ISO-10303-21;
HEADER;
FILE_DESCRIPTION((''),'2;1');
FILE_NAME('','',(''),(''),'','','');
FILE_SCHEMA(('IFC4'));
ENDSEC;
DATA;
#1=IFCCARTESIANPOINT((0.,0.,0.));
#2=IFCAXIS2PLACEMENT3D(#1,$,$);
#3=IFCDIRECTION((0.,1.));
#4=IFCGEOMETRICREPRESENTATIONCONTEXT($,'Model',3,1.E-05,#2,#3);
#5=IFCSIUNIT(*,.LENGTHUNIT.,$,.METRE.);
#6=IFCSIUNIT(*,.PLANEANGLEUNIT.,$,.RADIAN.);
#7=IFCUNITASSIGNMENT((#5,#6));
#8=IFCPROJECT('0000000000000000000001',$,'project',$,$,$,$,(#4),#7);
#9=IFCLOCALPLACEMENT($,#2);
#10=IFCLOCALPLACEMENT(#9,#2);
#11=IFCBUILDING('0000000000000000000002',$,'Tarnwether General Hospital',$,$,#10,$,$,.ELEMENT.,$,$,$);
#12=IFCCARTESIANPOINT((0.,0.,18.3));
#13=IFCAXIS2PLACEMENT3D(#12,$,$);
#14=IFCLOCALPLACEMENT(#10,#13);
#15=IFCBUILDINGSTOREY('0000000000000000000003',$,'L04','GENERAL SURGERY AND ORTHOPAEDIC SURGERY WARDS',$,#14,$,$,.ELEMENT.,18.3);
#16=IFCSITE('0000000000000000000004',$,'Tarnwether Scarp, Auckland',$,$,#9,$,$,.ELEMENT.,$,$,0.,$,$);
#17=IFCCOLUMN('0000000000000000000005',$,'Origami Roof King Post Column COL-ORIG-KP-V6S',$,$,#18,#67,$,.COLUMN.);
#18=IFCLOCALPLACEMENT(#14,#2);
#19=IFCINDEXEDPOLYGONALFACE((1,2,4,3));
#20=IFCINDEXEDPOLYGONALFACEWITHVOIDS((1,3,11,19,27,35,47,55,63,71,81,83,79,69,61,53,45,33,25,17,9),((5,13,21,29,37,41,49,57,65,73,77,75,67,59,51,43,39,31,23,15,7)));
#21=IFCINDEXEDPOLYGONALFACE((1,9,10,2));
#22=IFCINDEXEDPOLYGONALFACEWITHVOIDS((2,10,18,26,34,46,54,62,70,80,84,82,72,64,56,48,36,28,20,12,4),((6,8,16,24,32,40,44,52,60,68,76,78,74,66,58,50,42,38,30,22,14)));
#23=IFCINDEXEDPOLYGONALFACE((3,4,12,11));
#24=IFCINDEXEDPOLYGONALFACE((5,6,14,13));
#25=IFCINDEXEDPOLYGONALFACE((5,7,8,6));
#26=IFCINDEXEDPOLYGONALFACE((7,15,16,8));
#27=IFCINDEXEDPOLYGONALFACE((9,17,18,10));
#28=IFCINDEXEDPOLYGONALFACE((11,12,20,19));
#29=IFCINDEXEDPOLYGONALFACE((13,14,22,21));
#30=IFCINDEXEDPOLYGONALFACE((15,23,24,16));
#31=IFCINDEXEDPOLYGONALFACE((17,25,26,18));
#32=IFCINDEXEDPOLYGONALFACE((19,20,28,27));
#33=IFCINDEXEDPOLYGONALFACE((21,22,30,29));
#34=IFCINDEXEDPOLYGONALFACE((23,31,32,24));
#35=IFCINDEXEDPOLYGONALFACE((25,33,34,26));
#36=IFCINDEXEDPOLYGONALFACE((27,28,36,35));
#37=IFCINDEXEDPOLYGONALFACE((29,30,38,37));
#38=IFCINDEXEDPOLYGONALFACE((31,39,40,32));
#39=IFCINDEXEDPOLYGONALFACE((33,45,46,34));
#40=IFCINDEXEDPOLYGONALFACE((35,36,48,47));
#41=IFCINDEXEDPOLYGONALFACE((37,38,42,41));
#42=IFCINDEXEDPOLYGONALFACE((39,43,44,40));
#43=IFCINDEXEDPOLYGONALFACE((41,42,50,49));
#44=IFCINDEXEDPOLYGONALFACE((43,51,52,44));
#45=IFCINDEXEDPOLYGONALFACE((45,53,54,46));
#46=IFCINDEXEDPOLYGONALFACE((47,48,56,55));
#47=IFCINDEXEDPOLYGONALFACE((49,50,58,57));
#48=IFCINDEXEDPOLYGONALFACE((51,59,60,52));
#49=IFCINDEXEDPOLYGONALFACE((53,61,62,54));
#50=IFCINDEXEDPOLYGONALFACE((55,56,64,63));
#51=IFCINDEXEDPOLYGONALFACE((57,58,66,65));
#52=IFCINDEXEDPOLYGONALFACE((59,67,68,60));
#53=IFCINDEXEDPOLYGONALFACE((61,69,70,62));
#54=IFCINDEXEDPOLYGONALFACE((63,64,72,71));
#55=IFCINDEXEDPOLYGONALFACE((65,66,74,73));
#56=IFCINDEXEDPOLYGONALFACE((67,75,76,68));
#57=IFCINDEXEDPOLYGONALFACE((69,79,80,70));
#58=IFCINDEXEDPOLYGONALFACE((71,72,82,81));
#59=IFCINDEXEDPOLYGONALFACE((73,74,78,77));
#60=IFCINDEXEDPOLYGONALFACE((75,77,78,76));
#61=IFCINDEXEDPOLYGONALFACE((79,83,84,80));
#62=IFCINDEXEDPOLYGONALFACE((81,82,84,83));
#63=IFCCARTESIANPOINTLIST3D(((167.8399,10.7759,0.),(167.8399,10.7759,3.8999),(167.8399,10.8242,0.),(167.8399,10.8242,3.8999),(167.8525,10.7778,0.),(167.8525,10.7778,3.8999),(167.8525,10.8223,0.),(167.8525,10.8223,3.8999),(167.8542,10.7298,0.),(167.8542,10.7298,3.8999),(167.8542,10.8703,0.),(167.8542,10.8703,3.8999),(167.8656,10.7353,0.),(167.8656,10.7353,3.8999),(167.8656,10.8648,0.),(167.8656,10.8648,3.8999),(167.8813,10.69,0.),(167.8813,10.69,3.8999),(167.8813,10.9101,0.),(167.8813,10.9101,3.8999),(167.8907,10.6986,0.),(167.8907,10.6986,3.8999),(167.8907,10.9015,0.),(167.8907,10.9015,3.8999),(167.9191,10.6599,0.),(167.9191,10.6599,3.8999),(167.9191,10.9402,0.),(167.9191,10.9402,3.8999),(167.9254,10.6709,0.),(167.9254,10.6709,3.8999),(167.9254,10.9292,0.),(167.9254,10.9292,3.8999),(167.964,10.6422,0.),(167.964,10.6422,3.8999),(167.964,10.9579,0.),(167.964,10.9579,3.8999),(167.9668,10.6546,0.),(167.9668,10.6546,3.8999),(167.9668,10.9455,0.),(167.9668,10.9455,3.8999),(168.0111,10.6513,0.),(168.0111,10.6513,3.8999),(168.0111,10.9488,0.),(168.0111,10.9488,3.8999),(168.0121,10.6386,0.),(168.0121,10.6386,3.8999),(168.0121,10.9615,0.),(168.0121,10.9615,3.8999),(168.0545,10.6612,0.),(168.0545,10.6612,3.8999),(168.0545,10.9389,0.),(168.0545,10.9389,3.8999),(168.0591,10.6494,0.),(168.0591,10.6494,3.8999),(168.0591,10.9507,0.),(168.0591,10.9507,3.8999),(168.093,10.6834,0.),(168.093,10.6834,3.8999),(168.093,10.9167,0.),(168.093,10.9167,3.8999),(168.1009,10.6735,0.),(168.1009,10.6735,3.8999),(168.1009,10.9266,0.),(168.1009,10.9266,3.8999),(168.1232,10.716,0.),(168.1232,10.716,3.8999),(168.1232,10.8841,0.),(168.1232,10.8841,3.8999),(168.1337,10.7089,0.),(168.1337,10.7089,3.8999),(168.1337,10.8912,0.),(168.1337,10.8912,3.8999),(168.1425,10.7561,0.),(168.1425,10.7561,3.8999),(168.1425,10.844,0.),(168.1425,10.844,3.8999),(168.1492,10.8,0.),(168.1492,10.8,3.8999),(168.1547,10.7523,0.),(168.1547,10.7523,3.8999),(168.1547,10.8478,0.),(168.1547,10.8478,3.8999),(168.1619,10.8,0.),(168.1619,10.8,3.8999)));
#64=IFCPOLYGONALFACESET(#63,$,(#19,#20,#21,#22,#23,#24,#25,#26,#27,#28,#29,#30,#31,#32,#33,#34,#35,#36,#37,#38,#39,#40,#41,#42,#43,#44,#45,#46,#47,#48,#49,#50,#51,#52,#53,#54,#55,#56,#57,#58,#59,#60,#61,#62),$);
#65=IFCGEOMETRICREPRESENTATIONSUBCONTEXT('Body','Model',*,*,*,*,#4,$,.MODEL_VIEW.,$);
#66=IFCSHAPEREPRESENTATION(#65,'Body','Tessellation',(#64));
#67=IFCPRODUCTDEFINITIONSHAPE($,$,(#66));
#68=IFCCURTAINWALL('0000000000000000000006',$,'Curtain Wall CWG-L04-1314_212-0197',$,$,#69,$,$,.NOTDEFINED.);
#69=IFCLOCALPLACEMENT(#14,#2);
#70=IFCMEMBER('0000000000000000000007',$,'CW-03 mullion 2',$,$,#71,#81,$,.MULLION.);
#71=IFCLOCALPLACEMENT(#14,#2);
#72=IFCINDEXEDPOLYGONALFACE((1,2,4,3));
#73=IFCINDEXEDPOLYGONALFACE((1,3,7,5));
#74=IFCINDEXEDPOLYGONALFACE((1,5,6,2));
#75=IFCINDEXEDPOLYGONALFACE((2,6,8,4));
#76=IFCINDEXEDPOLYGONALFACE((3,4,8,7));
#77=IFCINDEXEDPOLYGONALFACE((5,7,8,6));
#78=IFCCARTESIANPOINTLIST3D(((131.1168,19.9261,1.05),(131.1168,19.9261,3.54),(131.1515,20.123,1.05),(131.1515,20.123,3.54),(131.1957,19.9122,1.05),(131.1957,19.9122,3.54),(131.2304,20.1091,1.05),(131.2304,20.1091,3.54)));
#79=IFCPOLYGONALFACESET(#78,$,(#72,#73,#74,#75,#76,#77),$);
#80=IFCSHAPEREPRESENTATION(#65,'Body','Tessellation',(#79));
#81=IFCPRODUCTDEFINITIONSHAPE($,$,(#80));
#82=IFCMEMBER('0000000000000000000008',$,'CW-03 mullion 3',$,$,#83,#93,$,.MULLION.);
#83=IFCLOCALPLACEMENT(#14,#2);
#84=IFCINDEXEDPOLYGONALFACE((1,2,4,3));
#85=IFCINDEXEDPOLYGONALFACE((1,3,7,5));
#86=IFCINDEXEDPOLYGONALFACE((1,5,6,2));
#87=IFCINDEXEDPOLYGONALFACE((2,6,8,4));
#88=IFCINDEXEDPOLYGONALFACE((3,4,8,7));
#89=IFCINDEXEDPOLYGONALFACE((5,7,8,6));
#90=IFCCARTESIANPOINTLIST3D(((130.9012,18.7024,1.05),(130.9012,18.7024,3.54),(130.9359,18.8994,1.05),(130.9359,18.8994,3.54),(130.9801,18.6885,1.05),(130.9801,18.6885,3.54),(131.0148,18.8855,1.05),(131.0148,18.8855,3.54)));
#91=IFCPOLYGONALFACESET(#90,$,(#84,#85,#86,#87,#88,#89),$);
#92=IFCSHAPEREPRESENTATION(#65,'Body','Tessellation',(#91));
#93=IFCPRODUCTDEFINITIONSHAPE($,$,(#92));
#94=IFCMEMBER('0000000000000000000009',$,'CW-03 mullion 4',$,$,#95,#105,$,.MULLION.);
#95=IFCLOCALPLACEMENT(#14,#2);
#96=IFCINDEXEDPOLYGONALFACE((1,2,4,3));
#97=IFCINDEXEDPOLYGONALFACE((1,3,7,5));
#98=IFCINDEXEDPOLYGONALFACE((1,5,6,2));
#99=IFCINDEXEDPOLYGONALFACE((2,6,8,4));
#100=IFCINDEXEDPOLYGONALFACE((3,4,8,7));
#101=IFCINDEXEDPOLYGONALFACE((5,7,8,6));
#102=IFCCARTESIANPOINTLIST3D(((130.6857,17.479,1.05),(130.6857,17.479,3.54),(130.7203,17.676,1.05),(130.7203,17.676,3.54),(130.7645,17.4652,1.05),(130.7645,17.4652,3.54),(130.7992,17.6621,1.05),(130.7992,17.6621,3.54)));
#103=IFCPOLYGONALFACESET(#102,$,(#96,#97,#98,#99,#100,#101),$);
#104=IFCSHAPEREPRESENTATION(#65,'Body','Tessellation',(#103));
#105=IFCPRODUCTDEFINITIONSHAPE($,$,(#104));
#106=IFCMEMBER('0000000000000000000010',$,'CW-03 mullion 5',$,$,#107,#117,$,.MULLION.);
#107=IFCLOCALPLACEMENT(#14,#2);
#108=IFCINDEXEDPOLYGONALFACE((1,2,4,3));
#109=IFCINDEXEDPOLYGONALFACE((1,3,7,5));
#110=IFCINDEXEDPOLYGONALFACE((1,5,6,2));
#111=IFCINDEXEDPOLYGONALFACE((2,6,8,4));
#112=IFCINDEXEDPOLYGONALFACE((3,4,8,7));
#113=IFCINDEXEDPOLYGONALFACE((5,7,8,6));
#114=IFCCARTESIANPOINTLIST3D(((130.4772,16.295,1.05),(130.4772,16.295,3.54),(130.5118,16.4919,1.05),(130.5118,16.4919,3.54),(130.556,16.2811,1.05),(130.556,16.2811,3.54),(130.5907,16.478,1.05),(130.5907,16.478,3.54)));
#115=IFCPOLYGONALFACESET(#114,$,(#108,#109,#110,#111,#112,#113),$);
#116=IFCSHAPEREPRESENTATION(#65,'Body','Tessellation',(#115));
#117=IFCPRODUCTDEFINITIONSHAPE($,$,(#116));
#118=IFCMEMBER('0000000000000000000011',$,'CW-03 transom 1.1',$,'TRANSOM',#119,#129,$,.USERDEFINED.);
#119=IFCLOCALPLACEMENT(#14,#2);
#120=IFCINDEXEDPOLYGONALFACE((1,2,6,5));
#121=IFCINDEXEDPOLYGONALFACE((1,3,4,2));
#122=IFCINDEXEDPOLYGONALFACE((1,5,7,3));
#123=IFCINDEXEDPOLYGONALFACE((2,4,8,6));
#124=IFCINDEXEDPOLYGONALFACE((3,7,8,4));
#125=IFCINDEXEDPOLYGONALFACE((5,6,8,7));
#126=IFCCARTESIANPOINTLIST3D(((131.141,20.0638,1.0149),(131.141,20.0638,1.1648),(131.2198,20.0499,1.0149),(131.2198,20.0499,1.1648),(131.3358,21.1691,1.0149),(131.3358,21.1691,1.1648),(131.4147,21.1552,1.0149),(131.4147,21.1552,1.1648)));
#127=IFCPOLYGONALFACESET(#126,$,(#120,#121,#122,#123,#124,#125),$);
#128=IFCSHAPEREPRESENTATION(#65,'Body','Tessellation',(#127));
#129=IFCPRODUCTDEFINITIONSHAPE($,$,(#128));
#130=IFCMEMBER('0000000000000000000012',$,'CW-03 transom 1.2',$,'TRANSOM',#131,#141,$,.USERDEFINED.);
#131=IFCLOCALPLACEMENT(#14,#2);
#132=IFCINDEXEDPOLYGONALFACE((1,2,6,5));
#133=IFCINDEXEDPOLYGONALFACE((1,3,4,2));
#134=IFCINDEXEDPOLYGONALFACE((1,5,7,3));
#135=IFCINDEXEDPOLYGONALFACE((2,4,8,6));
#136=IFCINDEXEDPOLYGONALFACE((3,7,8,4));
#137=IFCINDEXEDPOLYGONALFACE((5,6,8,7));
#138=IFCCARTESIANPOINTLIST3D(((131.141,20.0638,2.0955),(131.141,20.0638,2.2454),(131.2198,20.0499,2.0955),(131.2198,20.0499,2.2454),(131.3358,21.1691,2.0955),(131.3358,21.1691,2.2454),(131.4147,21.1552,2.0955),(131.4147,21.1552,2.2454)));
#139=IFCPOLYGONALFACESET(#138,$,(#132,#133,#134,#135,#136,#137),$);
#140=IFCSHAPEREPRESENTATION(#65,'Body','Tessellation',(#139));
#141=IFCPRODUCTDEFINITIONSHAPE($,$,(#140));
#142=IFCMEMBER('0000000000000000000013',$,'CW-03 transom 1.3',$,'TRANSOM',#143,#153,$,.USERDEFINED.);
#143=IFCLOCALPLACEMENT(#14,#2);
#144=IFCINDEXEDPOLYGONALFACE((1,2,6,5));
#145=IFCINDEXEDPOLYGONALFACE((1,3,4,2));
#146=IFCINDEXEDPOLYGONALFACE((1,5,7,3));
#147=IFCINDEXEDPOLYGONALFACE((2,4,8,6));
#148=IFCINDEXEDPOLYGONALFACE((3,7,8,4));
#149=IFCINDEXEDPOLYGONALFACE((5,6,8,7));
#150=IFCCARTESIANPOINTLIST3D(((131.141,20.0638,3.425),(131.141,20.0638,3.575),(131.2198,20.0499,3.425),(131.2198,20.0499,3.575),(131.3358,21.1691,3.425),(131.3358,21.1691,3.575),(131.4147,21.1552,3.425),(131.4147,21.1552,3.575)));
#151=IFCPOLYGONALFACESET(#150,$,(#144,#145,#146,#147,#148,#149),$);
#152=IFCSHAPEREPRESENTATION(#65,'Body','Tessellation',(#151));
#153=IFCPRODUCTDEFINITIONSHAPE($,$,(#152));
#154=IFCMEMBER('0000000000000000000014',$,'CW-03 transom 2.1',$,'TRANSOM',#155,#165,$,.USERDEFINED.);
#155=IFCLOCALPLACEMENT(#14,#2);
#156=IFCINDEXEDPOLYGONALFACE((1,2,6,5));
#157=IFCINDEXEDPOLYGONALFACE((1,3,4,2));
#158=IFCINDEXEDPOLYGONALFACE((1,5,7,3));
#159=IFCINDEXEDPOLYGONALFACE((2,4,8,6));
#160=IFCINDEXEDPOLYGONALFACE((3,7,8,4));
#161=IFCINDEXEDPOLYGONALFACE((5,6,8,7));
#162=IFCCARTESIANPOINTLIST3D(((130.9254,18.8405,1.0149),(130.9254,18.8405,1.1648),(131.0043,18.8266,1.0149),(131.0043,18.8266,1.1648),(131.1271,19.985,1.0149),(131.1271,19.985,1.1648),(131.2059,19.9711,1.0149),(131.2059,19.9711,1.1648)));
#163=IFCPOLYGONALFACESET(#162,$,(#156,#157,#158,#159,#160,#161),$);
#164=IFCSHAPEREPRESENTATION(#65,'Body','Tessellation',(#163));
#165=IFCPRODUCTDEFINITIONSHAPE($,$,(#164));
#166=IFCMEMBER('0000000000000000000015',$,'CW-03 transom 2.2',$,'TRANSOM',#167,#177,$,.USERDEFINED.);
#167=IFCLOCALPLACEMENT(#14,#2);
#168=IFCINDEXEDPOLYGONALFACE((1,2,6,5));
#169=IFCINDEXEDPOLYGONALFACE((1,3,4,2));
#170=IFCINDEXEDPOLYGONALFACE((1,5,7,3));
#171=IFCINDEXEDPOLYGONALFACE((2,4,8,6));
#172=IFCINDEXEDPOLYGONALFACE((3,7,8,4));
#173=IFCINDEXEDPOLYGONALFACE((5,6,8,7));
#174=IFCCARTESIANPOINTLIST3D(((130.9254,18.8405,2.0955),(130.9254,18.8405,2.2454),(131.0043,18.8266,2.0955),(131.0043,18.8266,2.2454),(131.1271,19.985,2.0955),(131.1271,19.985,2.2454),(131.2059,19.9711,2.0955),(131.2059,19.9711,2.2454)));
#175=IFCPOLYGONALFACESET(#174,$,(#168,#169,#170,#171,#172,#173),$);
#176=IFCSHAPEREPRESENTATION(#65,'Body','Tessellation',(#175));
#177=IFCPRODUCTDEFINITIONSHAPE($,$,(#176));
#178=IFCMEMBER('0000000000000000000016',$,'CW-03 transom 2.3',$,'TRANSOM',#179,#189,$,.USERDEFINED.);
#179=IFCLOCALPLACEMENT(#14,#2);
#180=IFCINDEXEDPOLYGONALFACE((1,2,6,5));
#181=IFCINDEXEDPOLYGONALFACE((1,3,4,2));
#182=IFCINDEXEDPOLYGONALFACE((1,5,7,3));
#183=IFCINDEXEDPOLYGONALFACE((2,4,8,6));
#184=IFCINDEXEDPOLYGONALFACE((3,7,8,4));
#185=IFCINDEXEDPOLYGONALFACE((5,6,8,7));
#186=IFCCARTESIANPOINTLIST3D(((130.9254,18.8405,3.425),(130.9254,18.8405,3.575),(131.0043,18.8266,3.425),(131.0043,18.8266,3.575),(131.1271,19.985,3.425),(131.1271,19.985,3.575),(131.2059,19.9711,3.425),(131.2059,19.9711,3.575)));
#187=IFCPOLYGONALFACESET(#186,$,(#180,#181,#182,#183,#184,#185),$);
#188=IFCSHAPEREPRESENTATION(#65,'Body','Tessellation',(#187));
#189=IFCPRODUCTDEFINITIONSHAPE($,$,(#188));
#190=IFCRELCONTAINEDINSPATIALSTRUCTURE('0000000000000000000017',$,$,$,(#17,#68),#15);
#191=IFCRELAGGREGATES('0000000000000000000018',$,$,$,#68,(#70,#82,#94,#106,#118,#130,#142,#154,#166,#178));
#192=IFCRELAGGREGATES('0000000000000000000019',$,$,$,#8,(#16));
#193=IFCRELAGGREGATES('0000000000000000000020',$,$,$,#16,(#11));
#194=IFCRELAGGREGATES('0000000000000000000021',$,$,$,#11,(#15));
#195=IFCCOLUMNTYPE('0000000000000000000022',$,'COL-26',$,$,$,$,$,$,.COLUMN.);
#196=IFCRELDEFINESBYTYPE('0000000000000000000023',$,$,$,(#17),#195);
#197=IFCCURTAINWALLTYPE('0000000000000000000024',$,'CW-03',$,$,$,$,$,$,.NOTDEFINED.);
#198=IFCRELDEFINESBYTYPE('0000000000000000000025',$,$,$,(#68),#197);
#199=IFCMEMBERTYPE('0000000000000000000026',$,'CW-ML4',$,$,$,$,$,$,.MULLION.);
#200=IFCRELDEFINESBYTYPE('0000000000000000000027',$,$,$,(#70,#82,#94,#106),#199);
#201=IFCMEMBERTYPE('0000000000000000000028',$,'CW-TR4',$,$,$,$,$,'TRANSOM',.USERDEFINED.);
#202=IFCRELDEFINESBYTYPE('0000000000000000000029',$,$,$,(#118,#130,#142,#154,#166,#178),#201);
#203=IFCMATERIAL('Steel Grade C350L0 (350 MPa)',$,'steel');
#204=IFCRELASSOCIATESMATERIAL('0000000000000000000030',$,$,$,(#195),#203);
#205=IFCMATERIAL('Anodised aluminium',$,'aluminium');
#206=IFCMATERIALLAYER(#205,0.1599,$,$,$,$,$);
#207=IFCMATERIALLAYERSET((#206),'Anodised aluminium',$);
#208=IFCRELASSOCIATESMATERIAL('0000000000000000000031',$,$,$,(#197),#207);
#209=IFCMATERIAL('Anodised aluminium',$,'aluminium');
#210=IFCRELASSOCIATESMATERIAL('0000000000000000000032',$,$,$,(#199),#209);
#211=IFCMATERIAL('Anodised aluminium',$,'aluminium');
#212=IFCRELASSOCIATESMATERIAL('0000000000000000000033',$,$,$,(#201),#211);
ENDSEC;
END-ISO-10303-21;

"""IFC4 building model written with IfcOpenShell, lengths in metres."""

from ifc_helpers import new_model, si_unit, direction, frame, origin, origin_2d, place, context, subcontext, project, spatial, rectangle, hollow_circle, extrude, material, layer, layer_set, material_profile, profile_set, type_object, element, aggregate, save


model = new_model("IFC4")

# Units and contexts
model_context = context("Model", 3, precision=1e-05, world=origin(), true_north=direction((0.0, 1.0)))
body_context = subcontext(model_context, "Body", "Model", "MODEL_VIEW")
ifc_project = project(units=[si_unit("LENGTHUNIT", "METRE"), si_unit("PLANEANGLEUNIT", "RADIAN")], contexts=[model_context])

# Site, building, storey
site_placement = place(None, origin())
site = spatial("IfcSite", under=ifc_project, at=site_placement, Name="Tarnwether Scarp, Auckland", CompositionType="ELEMENT", RefElevation=0.0)
building_placement = place(site_placement, origin())
building = spatial("IfcBuilding", under=site, at=building_placement, Name="Tarnwether General Hospital", CompositionType="ELEMENT")
storey_placement = place(building_placement, frame((0.0, 0.0, 18.3)))
storey = spatial("IfcBuildingStorey", under=building, at=storey_placement, Name="L04", Description="GENERAL SURGERY AND ORTHOPAEDIC SURGERY WARDS", CompositionType="ELEMENT", Elevation=18.3)

# Column
ifc_material_1 = material(Name="Steel Grade C350L0 (350 MPa)", Category="steel")
ifc_material_profile_1 = material_profile(ifc_material_1, hollow_circle(Radius=0.1619, WallThickness=0.0127, at=origin_2d()), Name="CHS323.9x12.7")
ifc_profile_set_1 = profile_set([ifc_material_profile_1], Name="Steel Grade C350L0 (350 MPa)")
column_type = type_object("IfcColumnType", Name="COL-26", PredefinedType="COLUMN", material=ifc_profile_set_1)
column_placement = place(storey_placement, frame((168.0, 10.8, 0.0), z_axis=(0.0, 0.0, 1.0), x_axis=(1.0, 0.0, 0.0)))
element("IfcColumn", 1, at=column_placement, inside=storey, type_object=column_type, Name="Origami Roof King Post Column COL-ORIG-KP-V6S", PredefinedType="COLUMN", context=body_context, shape_type="SweptSolid", body=[
    extrude(hollow_circle(Radius=0.1619, WallThickness=0.0127, at=origin_2d()), origin(), (0.0, 0.0, 1.0), 3.8999),
])

# Curtain wall, members
ifc_material_2 = material(Name="Anodised aluminium", Category="aluminium")
ifc_layer_1 = layer(ifc_material_2, 0.1599)
ifc_layer_set_1 = layer_set([ifc_layer_1], Name="Anodised aluminium")
curtain_wall_type = type_object("IfcCurtainWallType", Name="CW-03", PredefinedType="NOTDEFINED", material=ifc_layer_set_1)
curtain_wall_placement = place(storey_placement, origin())
curtain_wall = element("IfcCurtainWall", 2, at=curtain_wall_placement, inside=storey, type_object=curtain_wall_type, Name="Curtain Wall CWG-L04-1314_212-0197", PredefinedType="NOTDEFINED")
ifc_material_3 = material(Name="Anodised aluminium", Category="aluminium")
ifc_material_profile_2 = material_profile(ifc_material_3, rectangle(XDim=0.0801, YDim=0.2, at=origin_2d()), Name="ALU-MUL-80x200")
ifc_profile_set_2 = profile_set([ifc_material_profile_2], Name="Anodised aluminium")
member_type_1 = type_object("IfcMemberType", Name="CW-ML4", PredefinedType="MULLION", material=ifc_profile_set_2)
member_1_placement = place(storey_placement, frame((131.1736, 20.0176, 1.05), z_axis=(0.0, 0.0, 1.0), x_axis=(0.98484, -0.173464, 0.0)))
member_1 = element("IfcMember", 3, at=member_1_placement, type_object=member_type_1, Name="CW-03 mullion 2", PredefinedType="MULLION", context=body_context, shape_type="SweptSolid", body=[
    extrude(rectangle(XDim=0.0801, YDim=0.2, at=origin_2d()), origin(), (0.0, 0.0, 1.0), 2.49),
])
member_2_placement = place(storey_placement, frame((130.958, 18.7939, 1.05), z_axis=(0.0, 0.0, 1.0), x_axis=(0.98484, -0.173464, 0.0)))
member_2 = element("IfcMember", 4, at=member_2_placement, type_object=member_type_1, Name="CW-03 mullion 3", PredefinedType="MULLION", context=body_context, shape_type="SweptSolid", body=[
    extrude(rectangle(XDim=0.0801, YDim=0.2, at=origin_2d()), origin(), (0.0, 0.0, 1.0), 2.49),
])
member_3_placement = place(storey_placement, frame((130.7424, 17.5706, 1.05), z_axis=(0.0, 0.0, 1.0), x_axis=(0.98484, -0.173464, 0.0)))
member_3 = element("IfcMember", 5, at=member_3_placement, type_object=member_type_1, Name="CW-03 mullion 4", PredefinedType="MULLION", context=body_context, shape_type="SweptSolid", body=[
    extrude(rectangle(XDim=0.0801, YDim=0.2, at=origin_2d()), origin(), (0.0, 0.0, 1.0), 2.49),
])
member_4_placement = place(storey_placement, frame((130.5339, 16.3865, 1.05), z_axis=(0.0, 0.0, 1.0), x_axis=(0.98484, -0.173464, 0.0)))
member_4 = element("IfcMember", 6, at=member_4_placement, type_object=member_type_1, Name="CW-03 mullion 5", PredefinedType="MULLION", context=body_context, shape_type="SweptSolid", body=[
    extrude(rectangle(XDim=0.0801, YDim=0.2, at=origin_2d()), origin(), (0.0, 0.0, 1.0), 2.49),
])
ifc_material_4 = material(Name="Anodised aluminium", Category="aluminium")
ifc_material_profile_3 = material_profile(ifc_material_4, rectangle(XDim=0.0801, YDim=0.1499, at=origin_2d()), Name="ALU-TRN-80x150")
ifc_profile_set_3 = profile_set([ifc_material_profile_3], Name="Anodised aluminium")
member_type_2 = type_object("IfcMemberType", Name="CW-TR4", ElementType="TRANSOM", PredefinedType="USERDEFINED", material=ifc_profile_set_3)
member_5_placement = place(storey_placement, frame((131.3752, 21.1621, 1.0898), z_axis=(-0.173599, -0.984816, 0.0), x_axis=(0.984816, -0.173599, 0.0)))
member_5 = element("IfcMember", 7, at=member_5_placement, type_object=member_type_2, Name="CW-03 transom 1.1", ObjectType="TRANSOM", PredefinedType="USERDEFINED", context=body_context, shape_type="SweptSolid", body=[
    extrude(rectangle(XDim=0.0801, YDim=0.1499, at=origin_2d()), origin(), (0.0, 0.0, 1.0), 1.1223),
])
member_6_placement = place(storey_placement, frame((131.3752, 21.1621, 2.1704), z_axis=(-0.173599, -0.984816, 0.0), x_axis=(0.984816, -0.173599, 0.0)))
member_6 = element("IfcMember", 8, at=member_6_placement, type_object=member_type_2, Name="CW-03 transom 1.2", ObjectType="TRANSOM", PredefinedType="USERDEFINED", context=body_context, shape_type="SweptSolid", body=[
    extrude(rectangle(XDim=0.0801, YDim=0.1499, at=origin_2d()), origin(), (0.0, 0.0, 1.0), 1.1223),
])
member_7_placement = place(storey_placement, frame((131.3752, 21.1621, 3.5), z_axis=(-0.173599, -0.984816, 0.0), x_axis=(0.984816, -0.173599, 0.0)))
member_7 = element("IfcMember", 9, at=member_7_placement, type_object=member_type_2, Name="CW-03 transom 1.3", ObjectType="TRANSOM", PredefinedType="USERDEFINED", context=body_context, shape_type="SweptSolid", body=[
    extrude(rectangle(XDim=0.0801, YDim=0.1499, at=origin_2d()), origin(), (0.0, 0.0, 1.0), 1.1223),
])
member_8_placement = place(storey_placement, frame((131.1665, 19.978, 1.0898), z_axis=(-0.173522, -0.98483, 0.0), x_axis=(0.98483, -0.173522, 0.0)))
member_8 = element("IfcMember", 10, at=member_8_placement, type_object=member_type_2, Name="CW-03 transom 2.1", ObjectType="TRANSOM", PredefinedType="USERDEFINED", context=body_context, shape_type="SweptSolid", body=[
    extrude(rectangle(XDim=0.0801, YDim=0.1499, at=origin_2d()), origin(), (0.0, 0.0, 1.0), 1.1621),
])
member_9_placement = place(storey_placement, frame((131.1665, 19.978, 2.1704), z_axis=(-0.173522, -0.98483, 0.0), x_axis=(0.98483, -0.173522, 0.0)))
member_9 = element("IfcMember", 11, at=member_9_placement, type_object=member_type_2, Name="CW-03 transom 2.2", ObjectType="TRANSOM", PredefinedType="USERDEFINED", context=body_context, shape_type="SweptSolid", body=[
    extrude(rectangle(XDim=0.0801, YDim=0.1499, at=origin_2d()), origin(), (0.0, 0.0, 1.0), 1.1621),
])
member_10_placement = place(storey_placement, frame((131.1665, 19.978, 3.5), z_axis=(-0.173522, -0.98483, 0.0), x_axis=(0.98483, -0.173522, 0.0)))
member_10 = element("IfcMember", 12, at=member_10_placement, type_object=member_type_2, Name="CW-03 transom 2.3", ObjectType="TRANSOM", PredefinedType="USERDEFINED", context=body_context, shape_type="SweptSolid", body=[
    extrude(rectangle(XDim=0.0801, YDim=0.1499, at=origin_2d()), origin(), (0.0, 0.0, 1.0), 1.1621),
])

aggregate(curtain_wall, [member_1, member_2, member_3, member_4, member_5, member_6, member_7, member_8, member_9, member_10])

save(model, "model.ifc")
